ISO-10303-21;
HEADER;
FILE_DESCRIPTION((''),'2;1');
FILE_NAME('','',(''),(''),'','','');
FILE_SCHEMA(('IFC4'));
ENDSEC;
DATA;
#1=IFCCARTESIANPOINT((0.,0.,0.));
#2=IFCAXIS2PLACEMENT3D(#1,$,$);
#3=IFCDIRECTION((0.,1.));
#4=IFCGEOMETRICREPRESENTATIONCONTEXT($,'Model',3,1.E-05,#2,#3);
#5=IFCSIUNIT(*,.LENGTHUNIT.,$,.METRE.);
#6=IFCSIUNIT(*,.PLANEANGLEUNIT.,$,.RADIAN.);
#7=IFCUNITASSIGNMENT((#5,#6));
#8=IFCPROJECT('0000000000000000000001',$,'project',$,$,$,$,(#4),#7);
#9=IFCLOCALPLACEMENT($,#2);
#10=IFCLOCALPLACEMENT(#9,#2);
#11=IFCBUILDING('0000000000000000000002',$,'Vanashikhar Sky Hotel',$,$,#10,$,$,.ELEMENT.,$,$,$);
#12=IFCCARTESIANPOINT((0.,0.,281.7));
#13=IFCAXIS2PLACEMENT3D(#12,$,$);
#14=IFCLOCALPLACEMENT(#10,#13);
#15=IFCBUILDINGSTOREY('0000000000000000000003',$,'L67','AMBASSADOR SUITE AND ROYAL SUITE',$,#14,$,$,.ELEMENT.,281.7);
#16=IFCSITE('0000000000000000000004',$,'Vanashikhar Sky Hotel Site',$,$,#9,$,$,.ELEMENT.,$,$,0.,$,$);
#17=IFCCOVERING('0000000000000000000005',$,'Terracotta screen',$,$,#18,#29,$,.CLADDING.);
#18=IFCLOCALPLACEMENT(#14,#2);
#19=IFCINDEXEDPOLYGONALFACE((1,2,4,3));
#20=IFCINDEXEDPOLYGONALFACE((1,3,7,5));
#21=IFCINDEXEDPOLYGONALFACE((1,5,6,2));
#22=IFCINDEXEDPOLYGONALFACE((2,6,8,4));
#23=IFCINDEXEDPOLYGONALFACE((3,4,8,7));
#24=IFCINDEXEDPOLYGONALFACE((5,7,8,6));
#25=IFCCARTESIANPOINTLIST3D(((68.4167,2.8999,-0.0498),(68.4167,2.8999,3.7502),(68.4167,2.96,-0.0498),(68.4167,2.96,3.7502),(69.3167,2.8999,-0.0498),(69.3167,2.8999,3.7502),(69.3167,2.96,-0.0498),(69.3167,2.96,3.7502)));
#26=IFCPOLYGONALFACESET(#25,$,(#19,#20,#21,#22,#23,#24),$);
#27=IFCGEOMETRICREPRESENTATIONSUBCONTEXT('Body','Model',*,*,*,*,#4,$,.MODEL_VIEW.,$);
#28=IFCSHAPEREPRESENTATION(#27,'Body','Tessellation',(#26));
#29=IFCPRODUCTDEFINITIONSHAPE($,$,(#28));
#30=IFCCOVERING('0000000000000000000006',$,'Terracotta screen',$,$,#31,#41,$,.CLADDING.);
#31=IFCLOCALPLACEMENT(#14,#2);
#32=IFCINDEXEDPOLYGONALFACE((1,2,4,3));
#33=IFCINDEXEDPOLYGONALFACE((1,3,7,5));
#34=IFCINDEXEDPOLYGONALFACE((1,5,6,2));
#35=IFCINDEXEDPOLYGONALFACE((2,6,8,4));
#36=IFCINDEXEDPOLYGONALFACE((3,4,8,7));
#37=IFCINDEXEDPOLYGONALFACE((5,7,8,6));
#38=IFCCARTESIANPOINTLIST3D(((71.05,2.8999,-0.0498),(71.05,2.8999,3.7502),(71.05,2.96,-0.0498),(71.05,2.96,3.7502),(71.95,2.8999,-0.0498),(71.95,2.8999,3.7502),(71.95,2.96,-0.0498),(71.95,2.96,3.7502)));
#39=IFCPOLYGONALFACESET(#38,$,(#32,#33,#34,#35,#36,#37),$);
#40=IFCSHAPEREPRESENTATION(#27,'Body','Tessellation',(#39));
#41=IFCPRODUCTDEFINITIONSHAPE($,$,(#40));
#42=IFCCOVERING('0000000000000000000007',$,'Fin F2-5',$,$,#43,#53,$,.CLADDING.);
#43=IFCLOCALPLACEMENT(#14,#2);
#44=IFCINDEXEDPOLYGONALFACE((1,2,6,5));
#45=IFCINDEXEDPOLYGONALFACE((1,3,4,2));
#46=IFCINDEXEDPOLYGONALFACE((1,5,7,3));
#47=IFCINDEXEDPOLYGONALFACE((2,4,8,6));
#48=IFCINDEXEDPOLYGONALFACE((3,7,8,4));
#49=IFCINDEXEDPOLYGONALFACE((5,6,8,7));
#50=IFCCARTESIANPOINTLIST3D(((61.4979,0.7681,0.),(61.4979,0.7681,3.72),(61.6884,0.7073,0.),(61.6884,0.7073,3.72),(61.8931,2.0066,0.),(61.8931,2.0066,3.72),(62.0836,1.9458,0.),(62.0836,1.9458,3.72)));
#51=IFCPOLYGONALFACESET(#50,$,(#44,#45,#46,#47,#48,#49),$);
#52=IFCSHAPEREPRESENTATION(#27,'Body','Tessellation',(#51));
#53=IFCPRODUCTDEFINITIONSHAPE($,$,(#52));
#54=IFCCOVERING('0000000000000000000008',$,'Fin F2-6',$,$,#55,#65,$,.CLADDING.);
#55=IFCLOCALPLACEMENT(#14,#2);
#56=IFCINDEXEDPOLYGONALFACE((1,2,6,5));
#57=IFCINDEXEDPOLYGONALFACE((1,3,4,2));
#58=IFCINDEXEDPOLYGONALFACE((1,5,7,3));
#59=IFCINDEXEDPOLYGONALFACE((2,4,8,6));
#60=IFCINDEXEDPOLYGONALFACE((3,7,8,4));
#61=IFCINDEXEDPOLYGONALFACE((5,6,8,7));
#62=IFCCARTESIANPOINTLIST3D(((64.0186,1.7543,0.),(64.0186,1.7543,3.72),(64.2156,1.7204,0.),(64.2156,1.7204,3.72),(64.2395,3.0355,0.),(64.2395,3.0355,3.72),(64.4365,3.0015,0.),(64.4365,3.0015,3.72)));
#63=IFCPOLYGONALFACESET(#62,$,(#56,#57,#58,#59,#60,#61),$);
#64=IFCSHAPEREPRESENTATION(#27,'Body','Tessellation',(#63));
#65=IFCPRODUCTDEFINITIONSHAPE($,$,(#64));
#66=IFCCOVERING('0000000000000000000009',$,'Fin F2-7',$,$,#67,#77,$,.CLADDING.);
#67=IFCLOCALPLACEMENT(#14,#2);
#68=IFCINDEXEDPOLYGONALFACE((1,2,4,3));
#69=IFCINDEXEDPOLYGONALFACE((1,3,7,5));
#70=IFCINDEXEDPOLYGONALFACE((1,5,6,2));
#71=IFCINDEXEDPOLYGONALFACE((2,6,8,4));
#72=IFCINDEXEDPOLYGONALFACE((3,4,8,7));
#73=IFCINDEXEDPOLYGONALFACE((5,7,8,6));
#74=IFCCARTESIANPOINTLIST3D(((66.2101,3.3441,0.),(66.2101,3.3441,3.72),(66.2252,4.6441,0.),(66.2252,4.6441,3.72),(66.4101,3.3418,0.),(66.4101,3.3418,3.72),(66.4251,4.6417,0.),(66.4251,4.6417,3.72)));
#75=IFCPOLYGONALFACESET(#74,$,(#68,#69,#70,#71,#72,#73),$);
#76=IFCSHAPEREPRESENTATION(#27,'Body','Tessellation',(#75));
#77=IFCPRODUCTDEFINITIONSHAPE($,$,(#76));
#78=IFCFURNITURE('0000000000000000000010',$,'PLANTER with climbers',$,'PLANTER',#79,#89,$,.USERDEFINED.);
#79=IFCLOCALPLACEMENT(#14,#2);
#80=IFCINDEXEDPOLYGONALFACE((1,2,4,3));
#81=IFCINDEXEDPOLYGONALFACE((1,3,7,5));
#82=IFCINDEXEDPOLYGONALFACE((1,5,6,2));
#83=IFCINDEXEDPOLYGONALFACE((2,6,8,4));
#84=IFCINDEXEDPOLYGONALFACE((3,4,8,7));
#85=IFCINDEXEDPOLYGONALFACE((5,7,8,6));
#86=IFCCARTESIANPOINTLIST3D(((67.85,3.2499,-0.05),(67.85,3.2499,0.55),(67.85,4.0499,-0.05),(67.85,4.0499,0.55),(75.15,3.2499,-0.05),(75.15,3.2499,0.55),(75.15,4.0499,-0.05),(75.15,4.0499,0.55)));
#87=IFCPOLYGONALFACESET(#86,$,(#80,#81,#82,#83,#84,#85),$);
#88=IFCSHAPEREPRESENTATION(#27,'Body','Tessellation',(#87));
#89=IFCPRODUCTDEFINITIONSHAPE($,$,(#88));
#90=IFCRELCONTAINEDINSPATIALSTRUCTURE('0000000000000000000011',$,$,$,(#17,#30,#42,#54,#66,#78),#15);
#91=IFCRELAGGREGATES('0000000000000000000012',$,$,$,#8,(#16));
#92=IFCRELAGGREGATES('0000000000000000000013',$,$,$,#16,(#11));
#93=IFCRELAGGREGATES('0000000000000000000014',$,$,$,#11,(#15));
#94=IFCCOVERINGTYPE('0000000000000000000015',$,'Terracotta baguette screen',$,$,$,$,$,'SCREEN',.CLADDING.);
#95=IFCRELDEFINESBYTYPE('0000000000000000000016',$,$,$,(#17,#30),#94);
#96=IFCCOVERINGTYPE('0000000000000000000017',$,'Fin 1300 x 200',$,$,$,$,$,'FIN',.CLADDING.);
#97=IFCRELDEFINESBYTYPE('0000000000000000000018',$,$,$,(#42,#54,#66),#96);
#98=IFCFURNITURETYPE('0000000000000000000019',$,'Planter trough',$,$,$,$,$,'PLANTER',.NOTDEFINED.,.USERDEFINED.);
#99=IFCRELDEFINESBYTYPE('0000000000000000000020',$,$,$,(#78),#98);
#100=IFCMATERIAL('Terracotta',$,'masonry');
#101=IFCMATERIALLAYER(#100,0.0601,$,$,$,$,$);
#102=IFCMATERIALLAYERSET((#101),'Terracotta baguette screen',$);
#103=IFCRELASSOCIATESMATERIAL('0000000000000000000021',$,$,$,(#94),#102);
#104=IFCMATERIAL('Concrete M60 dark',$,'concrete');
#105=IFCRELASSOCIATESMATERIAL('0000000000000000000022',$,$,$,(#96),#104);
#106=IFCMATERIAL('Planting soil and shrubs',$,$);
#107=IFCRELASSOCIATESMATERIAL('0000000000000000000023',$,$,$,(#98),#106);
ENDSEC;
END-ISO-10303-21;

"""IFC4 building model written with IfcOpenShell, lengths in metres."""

from ifc_helpers import new_model, si_unit, direction, frame, origin, origin_2d, place, context, subcontext, project, spatial, rectangle, extrude, source, transform, mapped, material, layer, layer_set, material_profile, profile_set, type_object, element, save


model = new_model("IFC4")

# Units and contexts
model_context = context("Model", 3, precision=1e-05, world=origin(), true_north=direction((0.0, 1.0)))
body_context = subcontext(model_context, "Body", "Model", "MODEL_VIEW")
ifc_project = project(units=[si_unit("LENGTHUNIT", "METRE"), si_unit("PLANEANGLEUNIT", "RADIAN")], contexts=[model_context])

# Site, building, storey
site_placement = place(None, origin())
site = spatial("IfcSite", under=ifc_project, at=site_placement, Name="Vanashikhar Sky Hotel Site", CompositionType="ELEMENT", RefElevation=0.0)
building_placement = place(site_placement, origin())
building = spatial("IfcBuilding", under=site, at=building_placement, Name="Vanashikhar Sky Hotel", CompositionType="ELEMENT")
storey_placement = place(building_placement, frame((0.0, 0.0, 281.7)))
storey = spatial("IfcBuildingStorey", under=building, at=storey_placement, Name="L67", Description="AMBASSADOR SUITE AND ROYAL SUITE", CompositionType="ELEMENT", Elevation=281.7)

# Coverings
ifc_material_1 = material(Name="Terracotta", Category="masonry")
ifc_layer_1 = layer(ifc_material_1, 0.0601)
ifc_layer_set_1 = layer_set([ifc_layer_1], Name="Terracotta baguette screen")
covering_type_1 = type_object("IfcCoveringType", Name="Terracotta baguette screen", ElementType="SCREEN", PredefinedType="CLADDING", material=ifc_layer_set_1)
shared_shape_1 = source(origin(), body_context, "Body", "SweptSolid", [
    extrude(rectangle(XDim=0.8999, YDim=0.0601, at=origin_2d()), origin(), (0.0, 0.0, 1.0), 3.8),
])
for number, where, z_axis, x_axis, name in (
    (1, (68.8667, 2.9299, -0.0498), (0.0, 0.0, 1.0), (1.0, 0.0, 0.0), "Terracotta screen"),
    (2, (71.5, 2.9299, -0.0498), (0.0, 0.0, 1.0), (1.0, 0.0, 0.0), "Terracotta screen"),
):
    element("IfcCovering", number, at=place(storey_placement, frame(where, z_axis=z_axis, x_axis=x_axis)), inside=storey, type_object=covering_type_1, Name=name, PredefinedType="CLADDING", context=body_context, shape_type="MappedRepresentation", body=[
        mapped(shared_shape_1, transform((0.0, 0.0, 0.0), scale=1.0)),
    ])
ifc_material_2 = material(Name="Concrete M60 dark", Category="concrete")
ifc_material_profile_1 = material_profile(ifc_material_2, rectangle(XDim=1.3, YDim=0.2, at=origin_2d()))
ifc_profile_set_1 = profile_set([ifc_material_profile_1], Name="Fin 1300 x 200")
covering_type_2 = type_object("IfcCoveringType", Name="Fin 1300 x 200", ElementType="FIN", PredefinedType="CLADDING", material=ifc_profile_set_1)
shared_shape_2 = source(origin(), body_context, "Body", "SweptSolid", [
    extrude(rectangle(XDim=1.3, YDim=0.2, at=origin_2d()), origin(), (0.0, 0.0, 1.0), 3.72),
])
for number, where, z_axis, x_axis, name in (
    (3, (61.7908, 1.3569, 0.0), (0.0, 0.0, 1.0), (-0.303967, -0.952683, 0.0), "Fin F2-5"),
    (4, (64.2275, 2.3779, 0.0), (0.0, 0.0, 1.0), (-0.1699, -0.985461, 0.0), "Fin F2-6"),
    (5, (66.3176, 3.9929, 0.0), (0.0, 0.0, 1.0), (-0.011589, -0.999933, 0.0), "Fin F2-7"),
):
    element("IfcCovering", number, at=place(storey_placement, frame(where, z_axis=z_axis, x_axis=x_axis)), inside=storey, type_object=covering_type_2, Name=name, PredefinedType="CLADDING", context=body_context, shape_type="MappedRepresentation", body=[
        mapped(shared_shape_2, transform((0.0, 0.0, 0.0), scale=1.0)),
    ])

# Furniture
ifc_material_3 = material(Name="Planting soil and shrubs")
furniture_type = type_object("IfcFurnitureType", Name="Planter trough", ElementType="PLANTER", AssemblyPlace="NOTDEFINED", PredefinedType="USERDEFINED", material=ifc_material_3)
shared_shape_3 = source(origin(), body_context, "Body", "SweptSolid", [
    extrude(rectangle(XDim=7.3, YDim=0.8, at=origin_2d()), origin(), (0.0, 0.0, 1.0), 0.6001),
])
furniture_placement = place(storey_placement, frame((71.5, 3.6499, -0.05), z_axis=(0.0, 0.0, 1.0), x_axis=(1.0, 0.0, 0.0)))
element("IfcFurniture", 6, at=furniture_placement, inside=storey, type_object=furniture_type, Name="PLANTER with climbers", ObjectType="PLANTER", PredefinedType="USERDEFINED", context=body_context, shape_type="MappedRepresentation", body=[
    mapped(shared_shape_3, transform((0.0, 0.0, 0.0), scale=1.0)),
])

save(model, "model.ifc")
